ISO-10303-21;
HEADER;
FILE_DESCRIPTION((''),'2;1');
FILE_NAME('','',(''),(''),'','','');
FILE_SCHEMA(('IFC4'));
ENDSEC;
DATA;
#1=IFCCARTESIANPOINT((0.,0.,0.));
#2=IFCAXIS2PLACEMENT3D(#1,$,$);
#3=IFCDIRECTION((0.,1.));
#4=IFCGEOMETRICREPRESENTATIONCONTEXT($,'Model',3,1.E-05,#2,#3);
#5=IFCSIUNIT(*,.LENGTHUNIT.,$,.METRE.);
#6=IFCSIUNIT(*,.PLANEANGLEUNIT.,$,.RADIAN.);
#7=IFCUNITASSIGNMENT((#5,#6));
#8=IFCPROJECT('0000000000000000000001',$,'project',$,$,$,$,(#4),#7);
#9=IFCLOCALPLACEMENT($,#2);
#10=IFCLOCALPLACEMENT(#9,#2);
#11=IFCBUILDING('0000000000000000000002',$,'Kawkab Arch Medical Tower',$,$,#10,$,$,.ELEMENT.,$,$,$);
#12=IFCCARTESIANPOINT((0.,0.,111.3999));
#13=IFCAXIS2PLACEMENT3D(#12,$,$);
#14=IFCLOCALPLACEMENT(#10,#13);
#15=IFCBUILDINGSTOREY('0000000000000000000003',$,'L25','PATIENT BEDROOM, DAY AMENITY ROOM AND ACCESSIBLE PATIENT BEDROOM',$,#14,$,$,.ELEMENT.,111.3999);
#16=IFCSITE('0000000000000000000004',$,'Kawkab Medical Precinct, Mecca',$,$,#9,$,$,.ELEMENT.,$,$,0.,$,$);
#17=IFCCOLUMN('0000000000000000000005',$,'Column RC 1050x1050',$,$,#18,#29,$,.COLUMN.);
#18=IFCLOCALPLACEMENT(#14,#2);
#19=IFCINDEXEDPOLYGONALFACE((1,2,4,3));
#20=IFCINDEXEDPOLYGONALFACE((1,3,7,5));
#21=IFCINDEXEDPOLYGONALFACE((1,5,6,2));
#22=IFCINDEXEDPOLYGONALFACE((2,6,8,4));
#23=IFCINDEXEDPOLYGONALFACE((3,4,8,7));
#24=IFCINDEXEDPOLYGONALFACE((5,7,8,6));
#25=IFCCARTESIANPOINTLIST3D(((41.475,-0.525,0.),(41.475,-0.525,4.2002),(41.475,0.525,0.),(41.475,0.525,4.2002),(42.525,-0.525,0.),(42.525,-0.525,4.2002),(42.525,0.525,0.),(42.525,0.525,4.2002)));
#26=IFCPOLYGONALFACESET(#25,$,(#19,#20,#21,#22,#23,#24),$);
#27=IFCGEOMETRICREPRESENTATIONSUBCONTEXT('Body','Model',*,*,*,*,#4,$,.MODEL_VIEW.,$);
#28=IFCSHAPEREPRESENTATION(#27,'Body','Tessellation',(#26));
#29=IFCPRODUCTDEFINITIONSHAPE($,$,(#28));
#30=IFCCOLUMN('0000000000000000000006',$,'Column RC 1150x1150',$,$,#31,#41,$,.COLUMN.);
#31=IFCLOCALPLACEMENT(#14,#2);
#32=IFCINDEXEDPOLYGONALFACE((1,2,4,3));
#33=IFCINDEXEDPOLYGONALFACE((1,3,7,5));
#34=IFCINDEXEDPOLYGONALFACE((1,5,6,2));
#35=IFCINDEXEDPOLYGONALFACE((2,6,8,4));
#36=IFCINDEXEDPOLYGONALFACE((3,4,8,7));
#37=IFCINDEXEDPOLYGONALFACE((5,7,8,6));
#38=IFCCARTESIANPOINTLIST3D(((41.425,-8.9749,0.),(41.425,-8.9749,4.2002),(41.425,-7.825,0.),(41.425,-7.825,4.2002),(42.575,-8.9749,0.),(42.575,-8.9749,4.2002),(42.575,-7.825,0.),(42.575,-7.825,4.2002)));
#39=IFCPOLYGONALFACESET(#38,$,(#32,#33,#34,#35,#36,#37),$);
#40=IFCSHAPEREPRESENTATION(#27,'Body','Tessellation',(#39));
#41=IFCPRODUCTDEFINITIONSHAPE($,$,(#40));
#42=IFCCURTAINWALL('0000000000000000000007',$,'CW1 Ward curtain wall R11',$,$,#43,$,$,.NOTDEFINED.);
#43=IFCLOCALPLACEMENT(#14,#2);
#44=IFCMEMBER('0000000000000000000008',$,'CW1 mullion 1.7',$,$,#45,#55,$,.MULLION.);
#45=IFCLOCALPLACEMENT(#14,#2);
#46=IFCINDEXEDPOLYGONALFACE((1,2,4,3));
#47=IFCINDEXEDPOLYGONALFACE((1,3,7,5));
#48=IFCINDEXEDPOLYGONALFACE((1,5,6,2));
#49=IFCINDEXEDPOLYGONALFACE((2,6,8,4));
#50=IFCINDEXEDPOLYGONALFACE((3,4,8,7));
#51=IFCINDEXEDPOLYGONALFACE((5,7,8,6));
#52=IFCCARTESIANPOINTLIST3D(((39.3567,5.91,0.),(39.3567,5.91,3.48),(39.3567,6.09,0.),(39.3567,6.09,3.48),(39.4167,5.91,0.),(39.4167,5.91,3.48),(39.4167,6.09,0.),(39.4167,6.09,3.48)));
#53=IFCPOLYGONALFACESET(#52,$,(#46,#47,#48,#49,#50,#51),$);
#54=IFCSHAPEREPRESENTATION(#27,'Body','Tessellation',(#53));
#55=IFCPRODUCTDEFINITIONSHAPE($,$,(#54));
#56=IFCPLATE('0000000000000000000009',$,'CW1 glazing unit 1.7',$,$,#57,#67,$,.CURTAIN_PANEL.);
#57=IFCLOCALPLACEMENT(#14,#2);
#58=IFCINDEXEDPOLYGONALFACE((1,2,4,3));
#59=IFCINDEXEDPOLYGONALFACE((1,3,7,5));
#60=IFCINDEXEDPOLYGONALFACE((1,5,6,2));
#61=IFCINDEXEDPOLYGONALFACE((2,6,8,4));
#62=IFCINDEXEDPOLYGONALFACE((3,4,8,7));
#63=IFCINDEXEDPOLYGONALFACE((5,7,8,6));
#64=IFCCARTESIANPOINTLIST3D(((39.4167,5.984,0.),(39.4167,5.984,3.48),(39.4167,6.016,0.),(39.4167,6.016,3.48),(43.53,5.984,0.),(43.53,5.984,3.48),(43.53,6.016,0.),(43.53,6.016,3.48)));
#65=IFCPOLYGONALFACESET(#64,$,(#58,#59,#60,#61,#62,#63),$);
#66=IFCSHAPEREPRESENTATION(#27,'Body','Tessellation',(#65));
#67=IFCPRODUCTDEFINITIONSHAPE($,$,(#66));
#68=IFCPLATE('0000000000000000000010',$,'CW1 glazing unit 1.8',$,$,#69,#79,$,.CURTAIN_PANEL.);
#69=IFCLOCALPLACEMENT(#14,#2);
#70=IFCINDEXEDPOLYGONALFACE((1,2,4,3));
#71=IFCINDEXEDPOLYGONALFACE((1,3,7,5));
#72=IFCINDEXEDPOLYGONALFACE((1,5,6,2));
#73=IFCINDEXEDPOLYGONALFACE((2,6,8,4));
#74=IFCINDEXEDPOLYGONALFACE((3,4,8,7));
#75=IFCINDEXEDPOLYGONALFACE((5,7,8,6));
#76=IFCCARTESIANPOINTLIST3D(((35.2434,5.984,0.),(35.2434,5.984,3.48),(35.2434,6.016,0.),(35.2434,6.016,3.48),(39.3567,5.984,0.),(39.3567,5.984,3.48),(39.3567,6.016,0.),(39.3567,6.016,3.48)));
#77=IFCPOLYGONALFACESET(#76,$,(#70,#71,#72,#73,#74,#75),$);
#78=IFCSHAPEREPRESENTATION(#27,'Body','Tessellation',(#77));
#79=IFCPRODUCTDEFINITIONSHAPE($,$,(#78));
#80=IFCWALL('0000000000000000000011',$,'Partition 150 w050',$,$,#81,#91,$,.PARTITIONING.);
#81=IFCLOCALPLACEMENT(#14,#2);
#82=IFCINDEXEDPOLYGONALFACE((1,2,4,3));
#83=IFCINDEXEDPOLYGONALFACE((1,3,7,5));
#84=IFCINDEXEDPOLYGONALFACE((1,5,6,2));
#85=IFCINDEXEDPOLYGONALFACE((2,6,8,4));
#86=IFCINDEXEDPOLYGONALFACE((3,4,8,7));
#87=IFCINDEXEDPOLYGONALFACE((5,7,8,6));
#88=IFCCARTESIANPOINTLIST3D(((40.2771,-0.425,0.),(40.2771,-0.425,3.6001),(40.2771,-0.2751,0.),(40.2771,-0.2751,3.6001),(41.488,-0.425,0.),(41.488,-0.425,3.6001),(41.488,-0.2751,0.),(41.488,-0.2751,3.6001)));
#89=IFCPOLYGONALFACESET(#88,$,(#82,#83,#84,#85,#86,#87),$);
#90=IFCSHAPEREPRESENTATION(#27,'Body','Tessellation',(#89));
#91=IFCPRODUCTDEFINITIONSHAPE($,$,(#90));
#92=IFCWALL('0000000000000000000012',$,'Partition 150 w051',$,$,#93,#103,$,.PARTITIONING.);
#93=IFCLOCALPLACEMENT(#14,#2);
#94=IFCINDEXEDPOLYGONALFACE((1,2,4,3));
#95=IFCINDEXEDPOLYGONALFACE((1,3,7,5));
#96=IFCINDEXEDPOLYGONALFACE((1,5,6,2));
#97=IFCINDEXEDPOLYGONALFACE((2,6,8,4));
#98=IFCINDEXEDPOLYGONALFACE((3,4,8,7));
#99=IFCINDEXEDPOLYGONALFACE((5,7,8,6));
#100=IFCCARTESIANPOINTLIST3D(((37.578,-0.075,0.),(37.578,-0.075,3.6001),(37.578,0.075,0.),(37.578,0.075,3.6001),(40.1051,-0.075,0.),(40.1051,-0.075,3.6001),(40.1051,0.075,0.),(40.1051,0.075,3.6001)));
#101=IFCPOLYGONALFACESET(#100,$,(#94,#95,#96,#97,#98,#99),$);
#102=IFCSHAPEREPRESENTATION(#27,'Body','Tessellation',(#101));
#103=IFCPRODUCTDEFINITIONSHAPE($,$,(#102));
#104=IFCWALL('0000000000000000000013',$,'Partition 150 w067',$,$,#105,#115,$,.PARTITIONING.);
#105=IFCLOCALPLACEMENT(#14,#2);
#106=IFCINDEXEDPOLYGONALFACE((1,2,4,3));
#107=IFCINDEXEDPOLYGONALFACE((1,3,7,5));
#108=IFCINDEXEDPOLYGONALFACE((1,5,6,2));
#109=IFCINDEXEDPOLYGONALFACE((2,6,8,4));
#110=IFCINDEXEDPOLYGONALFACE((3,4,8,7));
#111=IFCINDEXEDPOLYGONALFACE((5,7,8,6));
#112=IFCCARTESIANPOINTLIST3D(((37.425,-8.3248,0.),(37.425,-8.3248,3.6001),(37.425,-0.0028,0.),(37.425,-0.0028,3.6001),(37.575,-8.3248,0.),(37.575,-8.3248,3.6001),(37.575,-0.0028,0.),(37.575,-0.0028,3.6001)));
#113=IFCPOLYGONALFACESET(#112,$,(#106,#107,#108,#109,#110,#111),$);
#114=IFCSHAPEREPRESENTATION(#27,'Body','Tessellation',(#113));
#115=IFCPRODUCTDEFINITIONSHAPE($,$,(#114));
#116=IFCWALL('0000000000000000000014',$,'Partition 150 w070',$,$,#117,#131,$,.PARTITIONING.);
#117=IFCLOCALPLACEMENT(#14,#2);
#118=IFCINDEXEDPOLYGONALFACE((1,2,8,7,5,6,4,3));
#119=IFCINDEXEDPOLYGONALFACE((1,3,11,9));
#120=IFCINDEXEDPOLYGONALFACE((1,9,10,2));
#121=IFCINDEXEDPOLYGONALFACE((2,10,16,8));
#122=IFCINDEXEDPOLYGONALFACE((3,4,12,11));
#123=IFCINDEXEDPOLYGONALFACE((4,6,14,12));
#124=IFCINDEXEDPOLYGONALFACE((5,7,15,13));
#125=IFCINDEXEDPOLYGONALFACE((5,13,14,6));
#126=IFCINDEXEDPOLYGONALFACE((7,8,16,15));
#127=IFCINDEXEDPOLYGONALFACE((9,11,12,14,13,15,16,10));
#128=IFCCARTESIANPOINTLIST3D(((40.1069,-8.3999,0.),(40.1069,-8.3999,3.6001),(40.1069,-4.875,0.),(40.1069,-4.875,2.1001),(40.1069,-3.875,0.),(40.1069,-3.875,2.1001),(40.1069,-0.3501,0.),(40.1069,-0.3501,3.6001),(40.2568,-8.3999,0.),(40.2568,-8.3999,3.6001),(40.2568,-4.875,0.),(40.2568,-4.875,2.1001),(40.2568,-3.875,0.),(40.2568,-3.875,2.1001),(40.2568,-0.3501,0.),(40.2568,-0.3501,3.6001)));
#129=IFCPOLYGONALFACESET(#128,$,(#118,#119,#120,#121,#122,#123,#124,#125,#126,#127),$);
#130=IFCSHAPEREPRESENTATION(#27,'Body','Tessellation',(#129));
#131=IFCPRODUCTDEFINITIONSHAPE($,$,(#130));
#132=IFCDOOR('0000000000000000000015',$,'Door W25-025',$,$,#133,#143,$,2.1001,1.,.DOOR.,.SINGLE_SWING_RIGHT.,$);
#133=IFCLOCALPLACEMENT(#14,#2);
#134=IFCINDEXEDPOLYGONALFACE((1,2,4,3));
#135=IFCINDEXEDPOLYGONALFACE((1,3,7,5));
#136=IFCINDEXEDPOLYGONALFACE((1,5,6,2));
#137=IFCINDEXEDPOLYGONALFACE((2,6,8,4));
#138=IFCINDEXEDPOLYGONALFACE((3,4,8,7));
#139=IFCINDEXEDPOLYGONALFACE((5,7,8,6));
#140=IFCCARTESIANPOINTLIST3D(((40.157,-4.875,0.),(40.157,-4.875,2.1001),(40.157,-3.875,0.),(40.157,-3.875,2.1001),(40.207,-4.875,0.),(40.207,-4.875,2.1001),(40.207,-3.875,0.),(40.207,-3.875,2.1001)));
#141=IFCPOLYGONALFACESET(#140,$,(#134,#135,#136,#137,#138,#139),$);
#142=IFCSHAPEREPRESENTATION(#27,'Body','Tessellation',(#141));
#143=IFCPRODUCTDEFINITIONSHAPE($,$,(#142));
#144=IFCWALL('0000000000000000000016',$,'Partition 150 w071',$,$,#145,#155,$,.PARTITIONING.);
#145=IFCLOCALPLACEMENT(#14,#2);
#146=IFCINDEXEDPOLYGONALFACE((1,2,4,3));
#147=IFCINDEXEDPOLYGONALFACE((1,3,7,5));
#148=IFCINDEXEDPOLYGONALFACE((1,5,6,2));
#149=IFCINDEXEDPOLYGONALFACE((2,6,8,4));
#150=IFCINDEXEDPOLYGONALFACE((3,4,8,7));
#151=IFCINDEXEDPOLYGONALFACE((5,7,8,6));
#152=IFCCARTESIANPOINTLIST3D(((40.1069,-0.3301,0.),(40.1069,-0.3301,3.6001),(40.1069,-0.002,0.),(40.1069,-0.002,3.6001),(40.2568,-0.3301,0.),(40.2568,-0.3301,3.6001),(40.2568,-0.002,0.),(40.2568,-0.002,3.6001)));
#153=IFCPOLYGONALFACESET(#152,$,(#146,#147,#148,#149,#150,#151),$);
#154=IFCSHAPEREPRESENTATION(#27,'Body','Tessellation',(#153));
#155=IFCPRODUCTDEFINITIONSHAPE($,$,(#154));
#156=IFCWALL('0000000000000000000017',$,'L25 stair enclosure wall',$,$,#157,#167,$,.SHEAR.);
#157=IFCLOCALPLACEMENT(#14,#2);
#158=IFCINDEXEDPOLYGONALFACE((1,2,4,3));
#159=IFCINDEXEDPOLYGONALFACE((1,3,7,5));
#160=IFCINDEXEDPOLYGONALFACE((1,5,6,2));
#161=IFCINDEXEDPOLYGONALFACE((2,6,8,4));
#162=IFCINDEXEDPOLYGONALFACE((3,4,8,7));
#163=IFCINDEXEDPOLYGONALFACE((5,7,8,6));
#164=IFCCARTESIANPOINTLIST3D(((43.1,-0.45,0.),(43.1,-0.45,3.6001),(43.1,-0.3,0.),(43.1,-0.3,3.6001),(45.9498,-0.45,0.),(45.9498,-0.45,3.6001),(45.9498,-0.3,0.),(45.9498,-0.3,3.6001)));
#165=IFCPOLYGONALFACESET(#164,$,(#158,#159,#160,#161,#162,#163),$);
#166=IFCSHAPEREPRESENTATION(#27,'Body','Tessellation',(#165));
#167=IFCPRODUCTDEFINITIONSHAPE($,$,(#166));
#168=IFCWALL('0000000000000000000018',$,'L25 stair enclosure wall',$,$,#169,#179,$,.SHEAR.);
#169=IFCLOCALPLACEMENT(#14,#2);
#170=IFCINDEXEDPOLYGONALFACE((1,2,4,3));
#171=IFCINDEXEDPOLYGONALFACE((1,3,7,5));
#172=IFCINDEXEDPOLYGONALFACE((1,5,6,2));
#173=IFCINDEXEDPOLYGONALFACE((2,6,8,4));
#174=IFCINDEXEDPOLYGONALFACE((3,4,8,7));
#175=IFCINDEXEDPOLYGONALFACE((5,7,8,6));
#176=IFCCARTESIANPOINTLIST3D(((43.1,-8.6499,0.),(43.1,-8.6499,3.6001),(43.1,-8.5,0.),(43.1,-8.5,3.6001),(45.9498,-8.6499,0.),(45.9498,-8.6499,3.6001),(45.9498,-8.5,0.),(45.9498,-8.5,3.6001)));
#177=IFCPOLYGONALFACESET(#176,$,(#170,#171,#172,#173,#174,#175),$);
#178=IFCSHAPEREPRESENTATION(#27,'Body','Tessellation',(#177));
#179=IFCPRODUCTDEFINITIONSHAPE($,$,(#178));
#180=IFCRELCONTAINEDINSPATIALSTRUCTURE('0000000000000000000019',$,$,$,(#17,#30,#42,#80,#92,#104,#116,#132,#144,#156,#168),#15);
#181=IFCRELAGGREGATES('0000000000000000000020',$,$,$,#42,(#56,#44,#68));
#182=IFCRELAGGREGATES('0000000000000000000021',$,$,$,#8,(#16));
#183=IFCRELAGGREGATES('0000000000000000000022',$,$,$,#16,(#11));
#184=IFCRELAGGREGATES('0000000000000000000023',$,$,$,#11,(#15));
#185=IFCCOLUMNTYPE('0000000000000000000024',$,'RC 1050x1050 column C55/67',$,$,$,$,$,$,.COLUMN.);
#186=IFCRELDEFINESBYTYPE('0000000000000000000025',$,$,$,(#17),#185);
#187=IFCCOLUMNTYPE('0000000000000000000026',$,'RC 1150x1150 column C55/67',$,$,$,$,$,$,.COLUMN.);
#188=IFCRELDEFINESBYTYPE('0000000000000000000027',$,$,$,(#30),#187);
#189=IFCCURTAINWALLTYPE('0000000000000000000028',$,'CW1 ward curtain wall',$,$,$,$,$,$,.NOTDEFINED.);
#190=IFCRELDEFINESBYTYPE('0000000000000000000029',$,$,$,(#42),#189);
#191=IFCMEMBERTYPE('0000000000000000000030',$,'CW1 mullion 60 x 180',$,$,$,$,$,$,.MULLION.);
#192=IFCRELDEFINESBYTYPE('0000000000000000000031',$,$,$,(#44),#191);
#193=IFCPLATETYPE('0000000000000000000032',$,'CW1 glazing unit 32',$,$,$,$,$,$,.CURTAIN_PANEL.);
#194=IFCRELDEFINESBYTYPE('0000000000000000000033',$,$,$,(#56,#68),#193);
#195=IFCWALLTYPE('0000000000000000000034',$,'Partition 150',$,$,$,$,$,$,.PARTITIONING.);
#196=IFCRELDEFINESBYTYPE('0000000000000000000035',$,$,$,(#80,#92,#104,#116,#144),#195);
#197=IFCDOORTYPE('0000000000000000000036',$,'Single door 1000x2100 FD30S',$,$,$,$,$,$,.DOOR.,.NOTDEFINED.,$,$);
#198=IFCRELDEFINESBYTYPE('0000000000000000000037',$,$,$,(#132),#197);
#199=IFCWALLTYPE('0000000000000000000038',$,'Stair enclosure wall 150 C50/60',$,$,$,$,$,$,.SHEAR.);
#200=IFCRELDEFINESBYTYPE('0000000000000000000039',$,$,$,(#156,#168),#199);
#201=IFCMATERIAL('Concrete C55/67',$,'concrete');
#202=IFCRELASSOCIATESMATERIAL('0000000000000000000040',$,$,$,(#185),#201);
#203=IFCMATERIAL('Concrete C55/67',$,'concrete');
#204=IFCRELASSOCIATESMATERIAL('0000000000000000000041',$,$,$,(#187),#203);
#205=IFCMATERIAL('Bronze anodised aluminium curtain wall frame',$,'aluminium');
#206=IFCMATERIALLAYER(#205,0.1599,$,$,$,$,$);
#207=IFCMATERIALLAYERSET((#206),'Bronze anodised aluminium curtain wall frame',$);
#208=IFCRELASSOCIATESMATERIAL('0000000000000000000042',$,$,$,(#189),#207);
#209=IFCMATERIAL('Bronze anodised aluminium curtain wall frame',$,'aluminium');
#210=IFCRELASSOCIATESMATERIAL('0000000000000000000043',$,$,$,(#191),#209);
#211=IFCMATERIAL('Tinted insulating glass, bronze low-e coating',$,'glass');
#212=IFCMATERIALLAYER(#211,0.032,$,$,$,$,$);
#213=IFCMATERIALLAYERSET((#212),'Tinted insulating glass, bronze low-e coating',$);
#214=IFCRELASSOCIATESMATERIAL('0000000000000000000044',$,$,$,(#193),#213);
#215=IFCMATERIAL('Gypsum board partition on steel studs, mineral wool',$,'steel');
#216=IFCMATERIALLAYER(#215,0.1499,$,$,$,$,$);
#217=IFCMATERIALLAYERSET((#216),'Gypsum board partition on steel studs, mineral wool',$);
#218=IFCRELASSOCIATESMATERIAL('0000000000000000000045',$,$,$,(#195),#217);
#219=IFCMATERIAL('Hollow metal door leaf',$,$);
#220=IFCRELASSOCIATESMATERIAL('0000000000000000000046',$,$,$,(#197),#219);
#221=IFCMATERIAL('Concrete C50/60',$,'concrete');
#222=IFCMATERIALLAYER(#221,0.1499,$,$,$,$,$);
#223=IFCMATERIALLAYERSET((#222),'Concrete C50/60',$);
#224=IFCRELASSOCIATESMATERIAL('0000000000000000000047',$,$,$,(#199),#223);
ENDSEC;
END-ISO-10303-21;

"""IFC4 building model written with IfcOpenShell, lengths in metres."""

from ifc_helpers import new_model, si_unit, direction, frame, frame_2d, origin, origin_2d, place, context, subcontext, project, spatial, rectangle, extrude, material, layer, layer_set, material_profile, profile_set, type_object, element, fill, aggregate, save


model = new_model("IFC4")

# Units and contexts
model_context = context("Model", 3, precision=1e-05, world=origin(), true_north=direction((0.0, 1.0)))
body_context = subcontext(model_context, "Body", "Model", "MODEL_VIEW")
ifc_project = project(units=[si_unit("LENGTHUNIT", "METRE"), si_unit("PLANEANGLEUNIT", "RADIAN")], contexts=[model_context])

# Site, building, storey
site_placement = place(None, origin())
site = spatial("IfcSite", under=ifc_project, at=site_placement, Name="Kawkab Medical Precinct, Mecca", CompositionType="ELEMENT", RefElevation=0.0)
building_placement = place(site_placement, origin())
building = spatial("IfcBuilding", under=site, at=building_placement, Name="Kawkab Arch Medical Tower", CompositionType="ELEMENT")
storey_placement = place(building_placement, frame((0.0, 0.0, 111.3999)))
storey = spatial("IfcBuildingStorey", under=building, at=storey_placement, Name="L25", Description="PATIENT BEDROOM, DAY AMENITY ROOM AND ACCESSIBLE PATIENT BEDROOM", CompositionType="ELEMENT", Elevation=111.3999)

# Columns
ifc_material_1 = material(Name="Concrete C55/67", Category="concrete")
ifc_material_profile_1 = material_profile(ifc_material_1, rectangle(XDim=1.05, YDim=1.05, at=origin_2d()), Name="RC 1050x1050")
ifc_profile_set_1 = profile_set([ifc_material_profile_1], Name="Concrete C55/67")
column_type_1 = type_object("IfcColumnType", Name="RC 1050x1050 column C55/67", PredefinedType="COLUMN", material=ifc_profile_set_1)
column_1_placement = place(storey_placement, frame((42.0, 0.0, 0.0), z_axis=(0.0, 0.0, 1.0), x_axis=(1.0, 0.0, 0.0)))
element("IfcColumn", 1, at=column_1_placement, inside=storey, type_object=column_type_1, Name="Column RC 1050x1050", PredefinedType="COLUMN", context=body_context, shape_type="SweptSolid", body=[
    extrude(rectangle(XDim=1.05, YDim=1.05, at=origin_2d()), origin(), (0.0, 0.0, 1.0), 4.2002),
])
ifc_material_2 = material(Name="Concrete C55/67", Category="concrete")
ifc_material_profile_2 = material_profile(ifc_material_2, rectangle(XDim=1.1499, YDim=1.1499, at=origin_2d()), Name="RC 1150x1150")
ifc_profile_set_2 = profile_set([ifc_material_profile_2], Name="Concrete C55/67")
column_type_2 = type_object("IfcColumnType", Name="RC 1150x1150 column C55/67", PredefinedType="COLUMN", material=ifc_profile_set_2)
column_2_placement = place(storey_placement, frame((42.0, -8.3999, 0.0), z_axis=(0.0, 0.0, 1.0), x_axis=(1.0, 0.0, 0.0)))
element("IfcColumn", 2, at=column_2_placement, inside=storey, type_object=column_type_2, Name="Column RC 1150x1150", PredefinedType="COLUMN", context=body_context, shape_type="SweptSolid", body=[
    extrude(rectangle(XDim=1.1499, YDim=1.1499, at=origin_2d()), origin(), (0.0, 0.0, 1.0), 4.2002),
])

# Curtain wall, member, plates
ifc_material_3 = material(Name="Bronze anodised aluminium curtain wall frame", Category="aluminium")
ifc_layer_1 = layer(ifc_material_3, 0.1599)
ifc_layer_set_1 = layer_set([ifc_layer_1], Name="Bronze anodised aluminium curtain wall frame")
curtain_wall_type = type_object("IfcCurtainWallType", Name="CW1 ward curtain wall", PredefinedType="NOTDEFINED", material=ifc_layer_set_1)
curtain_wall_placement = place(storey_placement, origin())
curtain_wall = element("IfcCurtainWall", 3, at=curtain_wall_placement, inside=storey, type_object=curtain_wall_type, Name="CW1 Ward curtain wall R11", PredefinedType="NOTDEFINED")
ifc_material_4 = material(Name="Bronze anodised aluminium curtain wall frame", Category="aluminium")
ifc_material_profile_3 = material_profile(ifc_material_4, rectangle(XDim=0.1799, YDim=0.0601, at=origin_2d()), Name="AL 60x180")
ifc_profile_set_3 = profile_set([ifc_material_profile_3], Name="Bronze anodised aluminium curtain wall frame")
member_type = type_object("IfcMemberType", Name="CW1 mullion 60 x 180", PredefinedType="MULLION", material=ifc_profile_set_3)
member_placement = place(storey_placement, frame((39.3867, 6.0, 0.0), z_axis=(0.0, 0.0, 1.0), x_axis=(0.0, -1.0, 0.0)))
member = element("IfcMember", 4, at=member_placement, type_object=member_type, Name="CW1 mullion 1.7", PredefinedType="MULLION", context=body_context, shape_type="SweptSolid", body=[
    extrude(rectangle(XDim=0.1799, YDim=0.0601, at=origin_2d()), origin(), (0.0, 0.0, 1.0), 3.48),
])
ifc_material_5 = material(Name="Tinted insulating glass, bronze low-e coating", Category="glass")
ifc_layer_2 = layer(ifc_material_5, 0.032)
ifc_layer_set_2 = layer_set([ifc_layer_2], Name="Tinted insulating glass, bronze low-e coating")
plate_type = type_object("IfcPlateType", Name="CW1 glazing unit 32", PredefinedType="CURTAIN_PANEL", material=ifc_layer_set_2)
plate_1_placement = place(storey_placement, frame((41.4734, 6.0, 0.0), z_axis=(0.0, 0.0, 1.0), x_axis=(-1.0, 0.0, 0.0)))
plate_1 = element("IfcPlate", 5, at=plate_1_placement, type_object=plate_type, Name="CW1 glazing unit 1.7", PredefinedType="CURTAIN_PANEL", context=body_context, shape_type="SweptSolid", body=[
    extrude(rectangle(XDim=4.1133, YDim=0.032, at=origin_2d()), origin(), (0.0, 0.0, 1.0), 3.48),
])
plate_2_placement = place(storey_placement, frame((37.3, 6.0, 0.0), z_axis=(0.0, 0.0, 1.0), x_axis=(-1.0, 0.0, 0.0)))
plate_2 = element("IfcPlate", 6, at=plate_2_placement, type_object=plate_type, Name="CW1 glazing unit 1.8", PredefinedType="CURTAIN_PANEL", context=body_context, shape_type="SweptSolid", body=[
    extrude(rectangle(XDim=4.1133, YDim=0.032, at=origin_2d()), origin(), (0.0, 0.0, 1.0), 3.48),
])
aggregate(curtain_wall, [plate_1, member, plate_2])

# Walls
ifc_material_6 = material(Name="Gypsum board partition on steel studs, mineral wool", Category="steel")
ifc_layer_3 = layer(ifc_material_6, 0.1499)
ifc_layer_set_3 = layer_set([ifc_layer_3], Name="Gypsum board partition on steel studs, mineral wool")
wall_type_1 = type_object("IfcWallType", Name="Partition 150", PredefinedType="PARTITIONING", material=ifc_layer_set_3)
wall_1_placement = place(storey_placement, frame((40.2771, -0.3501, 0.0), z_axis=(0.0, 0.0, 1.0), x_axis=(1.0, 0.0, 0.0)))
element("IfcWall", 7, at=wall_1_placement, inside=storey, type_object=wall_type_1, Name="Partition 150 w050", PredefinedType="PARTITIONING", context=body_context, shape_type="SweptSolid", body=[
    extrude(rectangle(XDim=1.2109, YDim=0.1499, at=frame_2d((0.6055, 0.0))), origin(), (0.0, 0.0, 1.0), 3.6001),
])
wall_2_placement = place(storey_placement, frame((37.5779, 0.0, 0.0), z_axis=(0.0, 0.0, 1.0), x_axis=(1.0, 0.0, 0.0)))
element("IfcWall", 8, at=wall_2_placement, inside=storey, type_object=wall_type_1, Name="Partition 150 w051", PredefinedType="PARTITIONING", context=body_context, shape_type="SweptSolid", body=[
    extrude(rectangle(XDim=2.5271, YDim=0.1499, at=frame_2d((1.2637, 0.0))), origin(), (0.0, 0.0, 1.0), 3.6001),
])
wall_3_placement = place(storey_placement, frame((37.5, -8.325, 0.0), z_axis=(0.0, 0.0, 1.0), x_axis=(0.0, 1.0, 0.0)))
element("IfcWall", 9, at=wall_3_placement, inside=storey, type_object=wall_type_1, Name="Partition 150 w067", PredefinedType="PARTITIONING", context=body_context, shape_type="SweptSolid", body=[
    extrude(rectangle(XDim=8.322, YDim=0.1499, at=frame_2d((4.1611, 0.0))), origin(), (0.0, 0.0, 1.0), 3.6001),
])

# Wall, opening, door
wall_4_placement = place(storey_placement, frame((40.1819, -8.3999, 0.0), z_axis=(0.0, 0.0, 1.0), x_axis=(0.0, 1.0, 0.0)))
wall_4 = element("IfcWall", 10, at=wall_4_placement, inside=storey, type_object=wall_type_1, Name="Partition 150 w070", PredefinedType="PARTITIONING", context=body_context, shape_type="SweptSolid", body=[
    extrude(rectangle(XDim=8.0498, YDim=0.1499, at=frame_2d((4.0249, 0.0))), origin(), (0.0, 0.0, 1.0), 3.6001),
])
opening_1_placement = place(wall_4_placement, frame((3.5249, 0.0, 0.0)))
opening_1 = element("IfcOpeningElement", 11, at=opening_1_placement, cuts=wall_4, PredefinedType="OPENING", context=body_context, shape_type="SweptSolid", body=[
    extrude(rectangle(XDim=1.0, YDim=2.1001, at=frame_2d((0.5, 1.05))), frame((0.0, 0.085, 0.0), z_axis=(0.0, -1.0, 0.0), x_axis=(1.0, 0.0, 0.0)), (0.0, 0.0, 1.0), 0.1699),
])
ifc_material_7 = material(Name="Hollow metal door leaf")
door_type_1 = type_object("IfcDoorType", Name="Single door 1000x2100 FD30S", OperationType="NOTDEFINED", PredefinedType="DOOR", material=ifc_material_7)
door_1_placement = place(opening_1_placement, origin())
door_1 = element("IfcDoor", 12, at=door_1_placement, inside=storey, type_object=door_type_1, Name="Door W25-025", OperationType="SINGLE_SWING_RIGHT", OverallHeight=2.1001, OverallWidth=1.0, PredefinedType="DOOR", context=body_context, shape_type="SweptSolid", body=[
    extrude(rectangle(XDim=1.0, YDim=2.1001, at=frame_2d((0.5, 1.05))), frame((0.0, 0.0249, 0.0), z_axis=(0.0, -1.0, 0.0), x_axis=(1.0, 0.0, 0.0)), (0.0, 0.0, 1.0), 0.05),
])
fill(opening_1, door_1)

# Walls
wall_5_placement = place(storey_placement, frame((40.1819, -0.3301, 0.0), z_axis=(0.0, 0.0, 1.0), x_axis=(0.0, 1.0, 0.0)))
element("IfcWall", 13, at=wall_5_placement, inside=storey, type_object=wall_type_1, Name="Partition 150 w071", PredefinedType="PARTITIONING", context=body_context, shape_type="SweptSolid", body=[
    extrude(rectangle(XDim=0.3281, YDim=0.1499, at=frame_2d((0.1641, 0.0))), origin(), (0.0, 0.0, 1.0), 3.6001),
])
ifc_material_8 = material(Name="Concrete C50/60", Category="concrete")
ifc_layer_4 = layer(ifc_material_8, 0.1499)
ifc_layer_set_4 = layer_set([ifc_layer_4], Name="Concrete C50/60")
wall_type_2 = type_object("IfcWallType", Name="Stair enclosure wall 150 C50/60", PredefinedType="SHEAR", material=ifc_layer_set_4)
for number, where, z_axis, x_axis, name in (
    (14, (43.1001, -0.375, 0.0), (0.0, 0.0, 1.0), (1.0, 0.0, 0.0), "L25 stair enclosure wall"),
    (15, (43.1001, -8.575, 0.0), (0.0, 0.0, 1.0), (1.0, 0.0, 0.0), "L25 stair enclosure wall"),
):
    element("IfcWall", number, at=place(storey_placement, frame(where, z_axis=z_axis, x_axis=x_axis)), inside=storey, type_object=wall_type_2, Name=name, PredefinedType="SHEAR", context=body_context, shape_type="SweptSolid", body=[
        extrude(rectangle(XDim=2.8499, YDim=0.1499, at=frame_2d((1.4248, 0.0))), origin(), (0.0, 0.0, 1.0), 3.6001),
    ])

save(model, "model.ifc")
